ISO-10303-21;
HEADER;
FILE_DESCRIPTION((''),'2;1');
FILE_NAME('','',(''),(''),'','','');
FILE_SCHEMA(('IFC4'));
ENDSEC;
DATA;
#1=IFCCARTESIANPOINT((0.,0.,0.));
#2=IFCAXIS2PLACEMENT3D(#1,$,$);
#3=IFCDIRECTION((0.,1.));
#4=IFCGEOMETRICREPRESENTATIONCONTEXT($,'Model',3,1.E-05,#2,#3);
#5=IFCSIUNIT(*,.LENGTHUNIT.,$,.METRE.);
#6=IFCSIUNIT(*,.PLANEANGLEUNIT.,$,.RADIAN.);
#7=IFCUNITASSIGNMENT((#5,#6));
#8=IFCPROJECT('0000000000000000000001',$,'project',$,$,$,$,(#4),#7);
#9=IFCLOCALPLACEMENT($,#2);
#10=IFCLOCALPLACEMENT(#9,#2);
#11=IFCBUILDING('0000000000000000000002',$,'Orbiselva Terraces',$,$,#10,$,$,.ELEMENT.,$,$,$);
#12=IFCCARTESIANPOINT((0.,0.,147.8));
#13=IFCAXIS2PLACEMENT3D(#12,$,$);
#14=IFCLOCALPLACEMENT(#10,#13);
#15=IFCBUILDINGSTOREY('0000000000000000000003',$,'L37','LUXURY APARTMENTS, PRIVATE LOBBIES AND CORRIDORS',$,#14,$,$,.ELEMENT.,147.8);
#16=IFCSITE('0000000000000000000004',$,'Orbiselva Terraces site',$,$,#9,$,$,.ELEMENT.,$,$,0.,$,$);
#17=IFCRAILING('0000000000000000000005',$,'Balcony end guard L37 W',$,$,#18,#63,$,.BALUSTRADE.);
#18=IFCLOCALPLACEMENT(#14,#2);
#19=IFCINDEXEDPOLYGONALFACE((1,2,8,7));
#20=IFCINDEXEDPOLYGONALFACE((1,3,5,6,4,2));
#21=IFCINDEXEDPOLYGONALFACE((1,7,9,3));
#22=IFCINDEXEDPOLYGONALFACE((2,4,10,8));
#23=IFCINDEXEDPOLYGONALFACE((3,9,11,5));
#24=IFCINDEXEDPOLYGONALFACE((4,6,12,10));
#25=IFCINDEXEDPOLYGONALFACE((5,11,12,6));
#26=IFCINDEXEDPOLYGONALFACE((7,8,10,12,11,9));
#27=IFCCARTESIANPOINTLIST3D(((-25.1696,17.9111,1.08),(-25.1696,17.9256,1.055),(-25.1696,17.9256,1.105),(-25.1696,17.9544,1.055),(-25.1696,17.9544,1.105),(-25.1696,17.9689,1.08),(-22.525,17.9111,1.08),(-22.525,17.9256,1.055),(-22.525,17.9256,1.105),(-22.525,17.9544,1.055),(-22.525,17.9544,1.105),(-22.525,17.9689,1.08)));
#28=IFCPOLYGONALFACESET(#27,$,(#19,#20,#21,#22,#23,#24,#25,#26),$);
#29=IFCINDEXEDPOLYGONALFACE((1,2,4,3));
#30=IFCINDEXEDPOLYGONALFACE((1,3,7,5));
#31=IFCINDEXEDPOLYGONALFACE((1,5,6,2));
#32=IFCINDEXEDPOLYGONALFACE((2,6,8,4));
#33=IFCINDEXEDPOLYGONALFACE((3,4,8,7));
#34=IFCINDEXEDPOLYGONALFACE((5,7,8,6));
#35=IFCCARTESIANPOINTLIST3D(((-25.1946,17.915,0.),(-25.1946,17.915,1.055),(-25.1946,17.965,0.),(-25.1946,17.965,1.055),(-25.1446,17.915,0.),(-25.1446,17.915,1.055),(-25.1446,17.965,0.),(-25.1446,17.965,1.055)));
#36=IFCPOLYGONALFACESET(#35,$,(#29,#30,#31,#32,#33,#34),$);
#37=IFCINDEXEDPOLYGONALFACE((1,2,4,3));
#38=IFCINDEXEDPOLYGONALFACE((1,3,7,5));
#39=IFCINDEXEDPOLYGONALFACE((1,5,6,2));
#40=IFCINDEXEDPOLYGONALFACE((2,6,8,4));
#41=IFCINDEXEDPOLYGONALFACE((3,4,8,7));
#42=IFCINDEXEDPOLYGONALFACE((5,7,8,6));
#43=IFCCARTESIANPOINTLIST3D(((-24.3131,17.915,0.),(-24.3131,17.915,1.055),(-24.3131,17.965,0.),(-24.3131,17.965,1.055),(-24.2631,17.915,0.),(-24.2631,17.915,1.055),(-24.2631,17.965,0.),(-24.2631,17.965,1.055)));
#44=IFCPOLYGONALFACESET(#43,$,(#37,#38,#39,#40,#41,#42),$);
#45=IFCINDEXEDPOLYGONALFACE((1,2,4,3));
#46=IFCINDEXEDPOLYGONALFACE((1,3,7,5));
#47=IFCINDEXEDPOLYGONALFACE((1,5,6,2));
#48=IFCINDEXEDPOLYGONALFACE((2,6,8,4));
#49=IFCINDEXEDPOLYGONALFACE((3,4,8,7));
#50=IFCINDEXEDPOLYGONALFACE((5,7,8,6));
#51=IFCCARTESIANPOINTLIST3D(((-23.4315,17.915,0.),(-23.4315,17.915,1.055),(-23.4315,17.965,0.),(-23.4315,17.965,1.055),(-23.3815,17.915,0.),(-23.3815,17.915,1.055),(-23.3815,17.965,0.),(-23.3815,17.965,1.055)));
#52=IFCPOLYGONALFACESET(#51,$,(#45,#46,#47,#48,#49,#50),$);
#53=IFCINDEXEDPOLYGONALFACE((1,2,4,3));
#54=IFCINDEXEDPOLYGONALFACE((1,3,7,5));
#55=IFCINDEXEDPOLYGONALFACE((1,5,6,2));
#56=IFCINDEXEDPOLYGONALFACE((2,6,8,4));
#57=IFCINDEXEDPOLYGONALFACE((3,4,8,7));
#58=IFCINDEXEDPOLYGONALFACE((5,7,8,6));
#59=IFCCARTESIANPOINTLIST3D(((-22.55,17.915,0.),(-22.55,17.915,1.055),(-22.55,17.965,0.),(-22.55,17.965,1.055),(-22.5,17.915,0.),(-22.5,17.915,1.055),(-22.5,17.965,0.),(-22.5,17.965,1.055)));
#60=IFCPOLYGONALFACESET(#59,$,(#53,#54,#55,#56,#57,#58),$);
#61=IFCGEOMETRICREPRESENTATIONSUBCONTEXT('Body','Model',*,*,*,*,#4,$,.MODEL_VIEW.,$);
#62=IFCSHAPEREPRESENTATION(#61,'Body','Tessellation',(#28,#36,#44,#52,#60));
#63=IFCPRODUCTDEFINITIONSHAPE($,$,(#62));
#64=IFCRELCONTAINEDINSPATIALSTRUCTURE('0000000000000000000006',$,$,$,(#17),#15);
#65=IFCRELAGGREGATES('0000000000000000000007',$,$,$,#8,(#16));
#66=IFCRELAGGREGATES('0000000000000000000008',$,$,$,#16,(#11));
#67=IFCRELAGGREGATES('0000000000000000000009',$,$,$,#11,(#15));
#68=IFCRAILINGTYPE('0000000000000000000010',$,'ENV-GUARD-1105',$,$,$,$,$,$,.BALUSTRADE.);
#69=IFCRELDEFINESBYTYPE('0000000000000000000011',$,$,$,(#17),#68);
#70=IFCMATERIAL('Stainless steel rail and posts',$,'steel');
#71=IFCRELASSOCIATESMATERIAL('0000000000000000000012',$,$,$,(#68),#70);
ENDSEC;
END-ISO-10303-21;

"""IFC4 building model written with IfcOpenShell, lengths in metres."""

from ifc_helpers import new_model, si_unit, direction, frame, origin, origin_2d, place, context, subcontext, project, spatial, polyline, rectangle, outline, extrude, material, type_object, element, save


model = new_model("IFC4")

# Units and contexts
model_context = context("Model", 3, precision=1e-05, world=origin(), true_north=direction((0.0, 1.0)))
body_context = subcontext(model_context, "Body", "Model", "MODEL_VIEW")
ifc_project = project(units=[si_unit("LENGTHUNIT", "METRE"), si_unit("PLANEANGLEUNIT", "RADIAN")], contexts=[model_context])

# Site, building, storey
site_placement = place(None, origin())
site = spatial("IfcSite", under=ifc_project, at=site_placement, Name="Orbiselva Terraces site", CompositionType="ELEMENT", RefElevation=0.0)
building_placement = place(site_placement, origin())
building = spatial("IfcBuilding", under=site, at=building_placement, Name="Orbiselva Terraces", CompositionType="ELEMENT")
storey_placement = place(building_placement, frame((0.0, 0.0, 147.8)))
storey = spatial("IfcBuildingStorey", under=building, at=storey_placement, Name="L37", Description="LUXURY APARTMENTS, PRIVATE LOBBIES AND CORRIDORS", CompositionType="ELEMENT", Elevation=147.8)

# Railing
ifc_material_1 = material(Name="Stainless steel rail and posts", Category="steel")
railing_type_1 = type_object("IfcRailingType", Name="ENV-GUARD-1105", PredefinedType="BALUSTRADE", material=ifc_material_1)
railing_1_placement = place(storey_placement, frame((-25.1696, 17.94, 0.0)))
element("IfcRailing", 1, at=railing_1_placement, inside=storey, type_object=railing_type_1, Name="Balcony end guard L37 W", PredefinedType="BALUSTRADE", context=body_context, shape_type="SweptSolid", body=[
    extrude(outline(polyline([(0.0289, 0.0), (0.0144, 0.025), (-0.0144, 0.025), (-0.0289, 0.0), (-0.0144, -0.025), (0.0144, -0.025), (0.0289, 0.0)])), frame((0.0, 0.0, 1.08), z_axis=(1.0, 0.0, 0.0), x_axis=(0.0, 1.0, 0.0)), (0.0, 0.0, 1.0), 2.6446),
    extrude(rectangle(XDim=0.05, YDim=0.05, at=origin_2d()), origin(), (0.0, 0.0, 1.0), 1.055),
    extrude(rectangle(XDim=0.05, YDim=0.05, at=origin_2d()), frame((0.8815, 0.0, 0.0)), (0.0, 0.0, 1.0), 1.055),
    extrude(rectangle(XDim=0.05, YDim=0.05, at=origin_2d()), frame((1.7631, 0.0, 0.0)), (0.0, 0.0, 1.0), 1.055),
    extrude(rectangle(XDim=0.05, YDim=0.05, at=origin_2d()), frame((2.6446, 0.0, 0.0)), (0.0, 0.0, 1.0), 1.055),
])

save(model, "model.ifc")
